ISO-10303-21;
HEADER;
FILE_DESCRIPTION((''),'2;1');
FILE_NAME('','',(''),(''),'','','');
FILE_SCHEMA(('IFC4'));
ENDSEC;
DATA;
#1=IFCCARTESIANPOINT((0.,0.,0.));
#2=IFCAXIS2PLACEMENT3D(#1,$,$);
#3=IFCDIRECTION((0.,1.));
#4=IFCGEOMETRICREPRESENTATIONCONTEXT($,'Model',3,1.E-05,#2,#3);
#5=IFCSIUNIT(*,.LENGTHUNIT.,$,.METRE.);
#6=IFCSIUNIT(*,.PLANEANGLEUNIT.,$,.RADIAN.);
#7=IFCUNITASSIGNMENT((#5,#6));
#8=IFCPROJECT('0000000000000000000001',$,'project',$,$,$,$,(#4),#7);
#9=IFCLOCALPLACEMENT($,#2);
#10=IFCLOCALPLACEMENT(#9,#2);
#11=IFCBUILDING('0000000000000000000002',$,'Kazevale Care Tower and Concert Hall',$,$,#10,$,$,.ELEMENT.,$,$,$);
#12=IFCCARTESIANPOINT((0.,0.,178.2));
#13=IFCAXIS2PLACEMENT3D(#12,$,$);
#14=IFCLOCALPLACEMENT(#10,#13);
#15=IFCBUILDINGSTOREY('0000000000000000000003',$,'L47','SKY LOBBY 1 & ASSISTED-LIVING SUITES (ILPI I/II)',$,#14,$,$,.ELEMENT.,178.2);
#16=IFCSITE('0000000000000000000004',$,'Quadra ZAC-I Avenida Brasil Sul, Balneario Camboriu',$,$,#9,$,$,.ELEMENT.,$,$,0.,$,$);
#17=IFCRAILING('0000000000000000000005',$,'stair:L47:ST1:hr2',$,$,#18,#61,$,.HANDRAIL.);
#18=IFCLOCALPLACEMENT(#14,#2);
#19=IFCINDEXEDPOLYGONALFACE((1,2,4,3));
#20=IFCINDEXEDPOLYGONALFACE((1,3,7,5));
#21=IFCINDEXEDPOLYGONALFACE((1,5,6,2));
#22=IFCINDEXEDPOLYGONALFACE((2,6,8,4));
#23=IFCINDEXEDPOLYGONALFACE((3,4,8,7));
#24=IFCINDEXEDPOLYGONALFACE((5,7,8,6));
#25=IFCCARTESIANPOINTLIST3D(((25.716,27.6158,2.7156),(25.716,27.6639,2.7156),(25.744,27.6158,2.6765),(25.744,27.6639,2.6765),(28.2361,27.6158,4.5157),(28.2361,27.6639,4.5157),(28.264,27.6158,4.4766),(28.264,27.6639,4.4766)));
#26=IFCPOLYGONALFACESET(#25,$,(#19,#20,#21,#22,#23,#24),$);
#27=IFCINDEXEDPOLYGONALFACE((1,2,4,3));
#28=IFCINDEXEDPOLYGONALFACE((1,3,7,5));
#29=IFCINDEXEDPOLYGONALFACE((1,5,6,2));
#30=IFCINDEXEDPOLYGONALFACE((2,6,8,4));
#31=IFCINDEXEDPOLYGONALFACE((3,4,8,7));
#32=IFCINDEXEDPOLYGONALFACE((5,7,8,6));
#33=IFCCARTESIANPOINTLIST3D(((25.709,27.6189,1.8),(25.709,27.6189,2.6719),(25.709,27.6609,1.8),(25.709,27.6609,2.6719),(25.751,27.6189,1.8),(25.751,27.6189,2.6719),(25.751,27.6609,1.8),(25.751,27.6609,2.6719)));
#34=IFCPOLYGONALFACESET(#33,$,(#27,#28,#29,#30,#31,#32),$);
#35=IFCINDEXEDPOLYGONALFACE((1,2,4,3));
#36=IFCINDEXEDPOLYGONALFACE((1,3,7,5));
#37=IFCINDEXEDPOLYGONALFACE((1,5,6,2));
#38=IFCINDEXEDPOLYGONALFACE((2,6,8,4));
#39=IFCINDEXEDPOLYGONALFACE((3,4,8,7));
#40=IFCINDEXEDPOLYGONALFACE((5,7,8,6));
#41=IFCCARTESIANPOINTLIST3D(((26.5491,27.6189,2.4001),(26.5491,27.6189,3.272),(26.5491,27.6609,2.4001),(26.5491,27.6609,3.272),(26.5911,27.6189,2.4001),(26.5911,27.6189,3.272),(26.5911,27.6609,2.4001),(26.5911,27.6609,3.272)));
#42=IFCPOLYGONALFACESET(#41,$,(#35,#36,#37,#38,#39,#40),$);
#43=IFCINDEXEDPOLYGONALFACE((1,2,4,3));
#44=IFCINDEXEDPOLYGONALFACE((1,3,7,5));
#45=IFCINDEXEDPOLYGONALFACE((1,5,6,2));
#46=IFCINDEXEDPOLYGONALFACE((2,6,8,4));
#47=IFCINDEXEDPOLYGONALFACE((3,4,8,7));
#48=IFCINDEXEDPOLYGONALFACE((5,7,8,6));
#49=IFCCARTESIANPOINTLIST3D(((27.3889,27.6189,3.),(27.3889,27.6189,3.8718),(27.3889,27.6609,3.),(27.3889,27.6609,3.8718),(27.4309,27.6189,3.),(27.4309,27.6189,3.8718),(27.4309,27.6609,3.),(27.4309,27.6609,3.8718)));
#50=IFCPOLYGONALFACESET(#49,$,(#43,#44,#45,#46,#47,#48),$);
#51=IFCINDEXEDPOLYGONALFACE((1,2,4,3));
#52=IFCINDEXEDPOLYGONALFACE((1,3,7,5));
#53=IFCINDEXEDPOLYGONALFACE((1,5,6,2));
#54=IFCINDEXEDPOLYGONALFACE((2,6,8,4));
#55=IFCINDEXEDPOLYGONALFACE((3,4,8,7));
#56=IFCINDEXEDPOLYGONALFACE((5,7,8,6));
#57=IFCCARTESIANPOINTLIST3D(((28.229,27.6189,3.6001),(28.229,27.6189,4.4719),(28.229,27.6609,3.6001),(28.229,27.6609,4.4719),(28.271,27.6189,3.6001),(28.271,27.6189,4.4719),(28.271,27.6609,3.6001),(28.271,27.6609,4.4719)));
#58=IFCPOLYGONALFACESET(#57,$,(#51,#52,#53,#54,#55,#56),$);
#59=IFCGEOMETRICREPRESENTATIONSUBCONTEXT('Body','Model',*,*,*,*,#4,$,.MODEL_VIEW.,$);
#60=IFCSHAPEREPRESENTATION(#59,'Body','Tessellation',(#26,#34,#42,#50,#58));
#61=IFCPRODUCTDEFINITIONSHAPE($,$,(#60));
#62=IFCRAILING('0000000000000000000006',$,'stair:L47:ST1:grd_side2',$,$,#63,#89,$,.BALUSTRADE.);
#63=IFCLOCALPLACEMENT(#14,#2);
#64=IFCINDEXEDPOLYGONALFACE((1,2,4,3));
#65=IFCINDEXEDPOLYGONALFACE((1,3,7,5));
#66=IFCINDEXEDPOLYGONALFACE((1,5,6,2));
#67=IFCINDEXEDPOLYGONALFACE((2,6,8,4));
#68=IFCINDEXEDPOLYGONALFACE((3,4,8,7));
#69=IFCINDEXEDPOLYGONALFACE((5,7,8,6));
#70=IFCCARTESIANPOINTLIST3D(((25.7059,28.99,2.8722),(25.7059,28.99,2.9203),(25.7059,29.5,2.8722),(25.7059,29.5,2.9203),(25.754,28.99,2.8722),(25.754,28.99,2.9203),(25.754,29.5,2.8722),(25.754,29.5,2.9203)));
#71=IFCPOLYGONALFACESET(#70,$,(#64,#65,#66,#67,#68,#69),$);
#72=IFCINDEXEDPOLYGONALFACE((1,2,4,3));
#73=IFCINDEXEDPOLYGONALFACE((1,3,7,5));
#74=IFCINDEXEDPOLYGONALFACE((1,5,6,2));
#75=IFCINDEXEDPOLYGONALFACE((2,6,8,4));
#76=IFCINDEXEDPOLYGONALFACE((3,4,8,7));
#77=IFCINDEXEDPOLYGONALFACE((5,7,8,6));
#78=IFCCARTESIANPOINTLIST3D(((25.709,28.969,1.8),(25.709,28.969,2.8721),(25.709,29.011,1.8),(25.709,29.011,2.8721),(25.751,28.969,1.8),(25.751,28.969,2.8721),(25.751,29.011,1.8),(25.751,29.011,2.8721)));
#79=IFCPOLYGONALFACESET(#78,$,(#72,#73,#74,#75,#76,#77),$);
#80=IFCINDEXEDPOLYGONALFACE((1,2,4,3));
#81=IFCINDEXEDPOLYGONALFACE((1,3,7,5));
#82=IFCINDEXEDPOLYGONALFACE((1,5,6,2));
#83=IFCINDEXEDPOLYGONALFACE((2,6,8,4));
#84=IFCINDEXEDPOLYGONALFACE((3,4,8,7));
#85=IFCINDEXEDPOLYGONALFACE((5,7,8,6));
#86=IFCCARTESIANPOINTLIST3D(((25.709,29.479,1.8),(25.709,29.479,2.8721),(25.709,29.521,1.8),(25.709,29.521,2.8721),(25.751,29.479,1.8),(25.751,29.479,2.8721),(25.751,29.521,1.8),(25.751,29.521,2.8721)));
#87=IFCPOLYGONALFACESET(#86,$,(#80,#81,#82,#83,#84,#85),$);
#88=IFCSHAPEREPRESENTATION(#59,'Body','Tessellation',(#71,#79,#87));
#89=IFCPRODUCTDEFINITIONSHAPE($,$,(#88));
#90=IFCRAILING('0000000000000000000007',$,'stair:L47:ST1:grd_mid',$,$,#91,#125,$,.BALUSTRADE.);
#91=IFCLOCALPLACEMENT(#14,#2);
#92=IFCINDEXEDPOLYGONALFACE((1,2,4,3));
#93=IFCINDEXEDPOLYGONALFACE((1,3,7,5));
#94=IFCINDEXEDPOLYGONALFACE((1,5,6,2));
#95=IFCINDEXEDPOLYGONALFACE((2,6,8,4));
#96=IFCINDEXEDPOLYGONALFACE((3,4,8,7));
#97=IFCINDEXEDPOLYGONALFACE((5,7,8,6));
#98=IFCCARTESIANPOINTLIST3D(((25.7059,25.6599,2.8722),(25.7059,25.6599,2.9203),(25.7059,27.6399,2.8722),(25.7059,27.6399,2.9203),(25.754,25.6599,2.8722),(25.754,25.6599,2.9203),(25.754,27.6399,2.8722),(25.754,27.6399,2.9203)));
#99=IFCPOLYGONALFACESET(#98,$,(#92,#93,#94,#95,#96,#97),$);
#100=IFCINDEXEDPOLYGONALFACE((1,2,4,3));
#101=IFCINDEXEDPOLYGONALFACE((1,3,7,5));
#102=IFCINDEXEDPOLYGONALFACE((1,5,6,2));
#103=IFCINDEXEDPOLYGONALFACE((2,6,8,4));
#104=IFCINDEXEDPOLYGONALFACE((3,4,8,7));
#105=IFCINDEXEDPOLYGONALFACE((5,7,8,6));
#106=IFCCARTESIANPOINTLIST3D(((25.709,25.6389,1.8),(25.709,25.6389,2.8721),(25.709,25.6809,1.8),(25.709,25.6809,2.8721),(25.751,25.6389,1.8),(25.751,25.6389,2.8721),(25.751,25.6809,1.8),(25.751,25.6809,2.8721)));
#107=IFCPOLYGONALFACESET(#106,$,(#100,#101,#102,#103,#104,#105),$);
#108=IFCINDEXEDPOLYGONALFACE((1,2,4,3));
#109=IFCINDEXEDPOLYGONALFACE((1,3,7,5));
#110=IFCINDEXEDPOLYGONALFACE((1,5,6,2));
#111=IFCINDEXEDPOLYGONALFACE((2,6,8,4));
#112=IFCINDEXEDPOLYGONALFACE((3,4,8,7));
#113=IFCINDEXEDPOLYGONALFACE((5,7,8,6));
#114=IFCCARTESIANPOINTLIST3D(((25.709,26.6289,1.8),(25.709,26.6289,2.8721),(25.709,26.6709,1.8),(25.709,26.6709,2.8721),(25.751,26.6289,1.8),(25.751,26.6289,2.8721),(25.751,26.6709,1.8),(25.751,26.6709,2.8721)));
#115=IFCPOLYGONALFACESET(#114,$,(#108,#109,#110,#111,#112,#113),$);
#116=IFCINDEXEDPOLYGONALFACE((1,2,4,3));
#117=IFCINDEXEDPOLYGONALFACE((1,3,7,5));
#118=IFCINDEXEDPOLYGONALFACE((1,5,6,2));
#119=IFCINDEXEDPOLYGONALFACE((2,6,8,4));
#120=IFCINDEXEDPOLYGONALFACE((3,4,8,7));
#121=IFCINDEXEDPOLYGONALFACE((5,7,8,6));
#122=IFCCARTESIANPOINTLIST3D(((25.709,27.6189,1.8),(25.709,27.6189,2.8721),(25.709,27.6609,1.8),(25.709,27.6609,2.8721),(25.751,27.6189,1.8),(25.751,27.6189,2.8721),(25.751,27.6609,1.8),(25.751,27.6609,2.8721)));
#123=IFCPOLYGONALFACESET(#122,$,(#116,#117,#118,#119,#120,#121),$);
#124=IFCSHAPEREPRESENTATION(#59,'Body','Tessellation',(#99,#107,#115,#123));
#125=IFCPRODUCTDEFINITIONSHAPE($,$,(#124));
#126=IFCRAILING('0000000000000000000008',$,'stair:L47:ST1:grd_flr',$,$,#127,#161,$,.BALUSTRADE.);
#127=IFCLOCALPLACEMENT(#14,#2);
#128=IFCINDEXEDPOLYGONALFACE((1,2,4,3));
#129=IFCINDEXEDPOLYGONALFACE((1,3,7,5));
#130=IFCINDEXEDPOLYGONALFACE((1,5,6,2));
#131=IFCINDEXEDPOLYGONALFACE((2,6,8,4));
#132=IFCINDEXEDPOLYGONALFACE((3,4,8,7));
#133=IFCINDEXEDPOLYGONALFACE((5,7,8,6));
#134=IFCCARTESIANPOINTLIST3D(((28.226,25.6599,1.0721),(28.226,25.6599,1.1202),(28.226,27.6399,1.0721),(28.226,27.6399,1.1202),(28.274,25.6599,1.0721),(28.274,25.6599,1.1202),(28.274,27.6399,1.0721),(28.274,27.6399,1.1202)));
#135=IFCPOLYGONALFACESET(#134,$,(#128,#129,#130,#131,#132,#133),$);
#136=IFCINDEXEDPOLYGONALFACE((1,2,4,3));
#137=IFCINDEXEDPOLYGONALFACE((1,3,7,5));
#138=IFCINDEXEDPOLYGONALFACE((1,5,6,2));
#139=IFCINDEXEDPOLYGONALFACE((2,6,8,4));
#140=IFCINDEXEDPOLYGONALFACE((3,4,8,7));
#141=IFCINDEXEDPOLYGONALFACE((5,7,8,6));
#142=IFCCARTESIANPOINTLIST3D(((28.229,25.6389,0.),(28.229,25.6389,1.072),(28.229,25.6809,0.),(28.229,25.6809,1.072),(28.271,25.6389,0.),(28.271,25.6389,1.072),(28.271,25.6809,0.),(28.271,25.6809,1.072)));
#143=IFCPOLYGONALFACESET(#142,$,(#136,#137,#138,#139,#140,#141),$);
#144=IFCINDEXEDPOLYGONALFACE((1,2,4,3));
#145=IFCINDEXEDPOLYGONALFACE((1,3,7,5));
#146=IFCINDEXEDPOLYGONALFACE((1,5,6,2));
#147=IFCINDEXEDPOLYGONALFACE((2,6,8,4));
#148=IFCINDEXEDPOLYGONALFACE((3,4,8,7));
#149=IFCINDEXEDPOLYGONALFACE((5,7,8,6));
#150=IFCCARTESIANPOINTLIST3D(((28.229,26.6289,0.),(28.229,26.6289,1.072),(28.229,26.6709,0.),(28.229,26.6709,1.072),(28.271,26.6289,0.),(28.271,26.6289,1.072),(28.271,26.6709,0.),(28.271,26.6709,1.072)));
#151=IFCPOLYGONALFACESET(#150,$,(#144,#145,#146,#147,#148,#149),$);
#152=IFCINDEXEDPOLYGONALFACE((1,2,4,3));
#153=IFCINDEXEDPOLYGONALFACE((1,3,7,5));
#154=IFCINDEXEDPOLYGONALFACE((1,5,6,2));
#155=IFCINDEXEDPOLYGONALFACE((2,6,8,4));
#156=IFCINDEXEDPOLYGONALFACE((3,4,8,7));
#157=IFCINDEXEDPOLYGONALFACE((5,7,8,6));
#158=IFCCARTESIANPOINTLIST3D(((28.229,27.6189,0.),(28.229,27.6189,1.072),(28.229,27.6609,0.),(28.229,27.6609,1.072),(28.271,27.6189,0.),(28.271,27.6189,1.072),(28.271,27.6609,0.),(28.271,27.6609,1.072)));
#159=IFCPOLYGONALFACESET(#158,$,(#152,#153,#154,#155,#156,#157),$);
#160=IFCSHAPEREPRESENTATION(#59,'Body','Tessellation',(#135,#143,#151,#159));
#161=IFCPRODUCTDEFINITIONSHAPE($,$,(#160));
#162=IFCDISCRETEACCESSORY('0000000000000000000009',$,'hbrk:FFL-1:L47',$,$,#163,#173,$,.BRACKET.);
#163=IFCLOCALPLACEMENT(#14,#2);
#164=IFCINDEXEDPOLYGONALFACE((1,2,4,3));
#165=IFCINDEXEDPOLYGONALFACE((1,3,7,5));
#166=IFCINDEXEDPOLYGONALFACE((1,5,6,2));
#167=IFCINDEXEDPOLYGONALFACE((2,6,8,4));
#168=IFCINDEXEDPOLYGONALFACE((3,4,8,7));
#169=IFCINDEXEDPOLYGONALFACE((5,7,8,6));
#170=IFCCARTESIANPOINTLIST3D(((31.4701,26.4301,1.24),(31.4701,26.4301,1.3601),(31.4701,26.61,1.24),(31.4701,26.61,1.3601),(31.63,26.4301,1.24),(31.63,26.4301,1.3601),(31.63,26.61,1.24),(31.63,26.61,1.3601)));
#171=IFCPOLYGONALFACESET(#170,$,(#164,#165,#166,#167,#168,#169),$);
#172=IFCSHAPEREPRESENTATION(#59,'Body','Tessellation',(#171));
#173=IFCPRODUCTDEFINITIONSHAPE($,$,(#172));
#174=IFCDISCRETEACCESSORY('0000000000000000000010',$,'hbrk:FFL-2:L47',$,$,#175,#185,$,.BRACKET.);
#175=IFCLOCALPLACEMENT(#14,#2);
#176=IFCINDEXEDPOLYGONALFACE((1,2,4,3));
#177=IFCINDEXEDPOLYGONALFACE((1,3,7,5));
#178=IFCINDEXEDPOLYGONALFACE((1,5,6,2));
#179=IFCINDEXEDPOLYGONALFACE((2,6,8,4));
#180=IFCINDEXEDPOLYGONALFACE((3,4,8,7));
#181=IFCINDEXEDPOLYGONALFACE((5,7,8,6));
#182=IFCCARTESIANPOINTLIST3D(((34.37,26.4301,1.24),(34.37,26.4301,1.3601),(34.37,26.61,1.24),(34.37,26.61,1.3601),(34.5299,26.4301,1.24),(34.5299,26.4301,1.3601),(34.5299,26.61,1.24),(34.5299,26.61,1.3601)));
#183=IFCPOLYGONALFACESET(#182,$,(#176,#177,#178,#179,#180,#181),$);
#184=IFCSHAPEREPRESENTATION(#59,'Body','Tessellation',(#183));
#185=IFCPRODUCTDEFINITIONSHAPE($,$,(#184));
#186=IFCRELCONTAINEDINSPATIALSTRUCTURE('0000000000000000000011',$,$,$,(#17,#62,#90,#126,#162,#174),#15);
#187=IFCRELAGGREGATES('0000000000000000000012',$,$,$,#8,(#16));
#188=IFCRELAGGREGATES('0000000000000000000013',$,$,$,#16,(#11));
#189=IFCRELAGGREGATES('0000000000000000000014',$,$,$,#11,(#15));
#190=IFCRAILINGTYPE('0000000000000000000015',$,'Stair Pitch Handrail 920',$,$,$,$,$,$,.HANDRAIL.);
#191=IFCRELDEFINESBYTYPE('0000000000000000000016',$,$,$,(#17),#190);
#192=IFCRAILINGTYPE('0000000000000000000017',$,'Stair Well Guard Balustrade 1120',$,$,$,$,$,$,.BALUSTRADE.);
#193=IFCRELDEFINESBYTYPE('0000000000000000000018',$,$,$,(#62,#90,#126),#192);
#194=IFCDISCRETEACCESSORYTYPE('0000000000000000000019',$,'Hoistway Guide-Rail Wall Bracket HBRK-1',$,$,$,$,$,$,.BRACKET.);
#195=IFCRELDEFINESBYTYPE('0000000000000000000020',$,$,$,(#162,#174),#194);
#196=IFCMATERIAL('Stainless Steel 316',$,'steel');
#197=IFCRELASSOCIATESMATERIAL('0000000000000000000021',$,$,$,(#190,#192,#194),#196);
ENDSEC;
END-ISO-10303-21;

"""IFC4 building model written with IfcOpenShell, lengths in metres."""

from ifc_helpers import new_model, si_unit, direction, frame, origin, origin_2d, place, context, subcontext, project, spatial, rectangle, extrude, material, type_object, element, save


model = new_model("IFC4")

# Units and contexts
model_context = context("Model", 3, precision=1e-05, world=origin(), true_north=direction((0.0, 1.0)))
body_context = subcontext(model_context, "Body", "Model", "MODEL_VIEW")
ifc_project = project(units=[si_unit("LENGTHUNIT", "METRE"), si_unit("PLANEANGLEUNIT", "RADIAN")], contexts=[model_context])

# Site, building, storey
site_placement = place(None, origin())
site = spatial("IfcSite", under=ifc_project, at=site_placement, Name="Quadra ZAC-I Avenida Brasil Sul, Balneario Camboriu", CompositionType="ELEMENT", RefElevation=0.0)
building_placement = place(site_placement, origin())
building = spatial("IfcBuilding", under=site, at=building_placement, Name="Kazevale Care Tower and Concert Hall", CompositionType="ELEMENT")
storey_placement = place(building_placement, frame((0.0, 0.0, 178.2)))
storey = spatial("IfcBuildingStorey", under=building, at=storey_placement, Name="L47", Description="SKY LOBBY 1 & ASSISTED-LIVING SUITES (ILPI I/II)", CompositionType="ELEMENT", Elevation=178.2)

# Shared definitions
ifc_material_1 = material(Name="Stainless Steel 316", Category="steel")

# Railings
railing_type_1 = type_object("IfcRailingType", Name="Stair Pitch Handrail 920", PredefinedType="HANDRAIL", material=ifc_material_1)
railing_1_placement = place(storey_placement, frame((25.73, 27.6399, 1.8)))
element("IfcRailing", 1, at=railing_1_placement, inside=storey, type_object=railing_type_1, Name="stair:L47:ST1:hr2", PredefinedType="HANDRAIL", context=body_context, shape_type="SweptSolid", body=[
    extrude(rectangle(XDim=0.0481, YDim=0.0481, at=origin_2d()), frame((0.0, 0.0, 0.896), z_axis=(0.813728, 0.0, 0.581246), x_axis=(0.0, 1.0, 0.0)), (0.0, 0.0, 1.0), 3.0969),
    extrude(rectangle(XDim=0.042, YDim=0.042, at=origin_2d()), origin(), (0.0, 0.0, 1.0), 0.8718),
    extrude(rectangle(XDim=0.042, YDim=0.042, at=origin_2d()), frame((0.8401, 0.0, 0.6001)), (0.0, 0.0, 1.0), 0.8718),
    extrude(rectangle(XDim=0.042, YDim=0.042, at=origin_2d()), frame((1.6799, 0.0, 1.2)), (0.0, 0.0, 1.0), 0.8718),
    extrude(rectangle(XDim=0.042, YDim=0.042, at=origin_2d()), frame((2.52, 0.0, 1.8)), (0.0, 0.0, 1.0), 0.8718),
])
railing_type_2 = type_object("IfcRailingType", Name="Stair Well Guard Balustrade 1120", PredefinedType="BALUSTRADE", material=ifc_material_1)
railing_2_placement = place(storey_placement, frame((25.73, 28.99, 1.8)))
element("IfcRailing", 2, at=railing_2_placement, inside=storey, type_object=railing_type_2, Name="stair:L47:ST1:grd_side2", PredefinedType="BALUSTRADE", context=body_context, shape_type="SweptSolid", body=[
    extrude(rectangle(XDim=0.0481, YDim=0.0481, at=origin_2d()), frame((0.0, 0.0, 1.0962), z_axis=(0.0, 1.0, 0.0), x_axis=(-1.0, 0.0, 0.0)), (0.0, 0.0, 1.0), 0.51),
    extrude(rectangle(XDim=0.042, YDim=0.042, at=origin_2d()), origin(), (0.0, 0.0, 1.0), 1.072),
    extrude(rectangle(XDim=0.042, YDim=0.042, at=origin_2d()), frame((0.0, 0.51, 0.0)), (0.0, 0.0, 1.0), 1.072),
])
for number, where, name in (
    (3, (25.73, 25.6599, 1.8), "stair:L47:ST1:grd_mid"),
    (4, (28.25, 25.6599, 0.0), "stair:L47:ST1:grd_flr"),
):
    element("IfcRailing", number, at=place(storey_placement, frame(where)), inside=storey, type_object=railing_type_2, Name=name, PredefinedType="BALUSTRADE", context=body_context, shape_type="SweptSolid", body=[
        extrude(rectangle(XDim=0.0481, YDim=0.0481, at=origin_2d()), frame((0.0, 0.0, 1.0962), z_axis=(0.0, 1.0, 0.0), x_axis=(-1.0, 0.0, 0.0)), (0.0, 0.0, 1.0), 1.98),
        extrude(rectangle(XDim=0.042, YDim=0.042, at=origin_2d()), origin(), (0.0, 0.0, 1.0), 1.072),
        extrude(rectangle(XDim=0.042, YDim=0.042, at=origin_2d()), frame((0.0, 0.99, 0.0)), (0.0, 0.0, 1.0), 1.072),
        extrude(rectangle(XDim=0.042, YDim=0.042, at=origin_2d()), frame((0.0, 1.98, 0.0)), (0.0, 0.0, 1.0), 1.072),
    ])

# Discrete accessories
discrete_accessory_type = type_object("IfcDiscreteAccessoryType", Name="Hoistway Guide-Rail Wall Bracket HBRK-1", PredefinedType="BRACKET", material=ifc_material_1)
for number, where, z_axis, x_axis, name in (
    (5, (31.55, 26.52, 1.24), (0.0, 0.0, 1.0), (1.0, 0.0, 0.0), "hbrk:FFL-1:L47"),
    (6, (34.45, 26.52, 1.24), (0.0, 0.0, 1.0), (1.0, 0.0, 0.0), "hbrk:FFL-2:L47"),
):
    element("IfcDiscreteAccessory", number, at=place(storey_placement, frame(where, z_axis=z_axis, x_axis=x_axis)), inside=storey, type_object=discrete_accessory_type, Name=name, PredefinedType="BRACKET", context=body_context, shape_type="SweptSolid", body=[
        extrude(rectangle(XDim=0.1599, YDim=0.1799, at=origin_2d()), origin(), (0.0, 0.0, 1.0), 0.1201),
    ])

save(model, "model.ifc")
